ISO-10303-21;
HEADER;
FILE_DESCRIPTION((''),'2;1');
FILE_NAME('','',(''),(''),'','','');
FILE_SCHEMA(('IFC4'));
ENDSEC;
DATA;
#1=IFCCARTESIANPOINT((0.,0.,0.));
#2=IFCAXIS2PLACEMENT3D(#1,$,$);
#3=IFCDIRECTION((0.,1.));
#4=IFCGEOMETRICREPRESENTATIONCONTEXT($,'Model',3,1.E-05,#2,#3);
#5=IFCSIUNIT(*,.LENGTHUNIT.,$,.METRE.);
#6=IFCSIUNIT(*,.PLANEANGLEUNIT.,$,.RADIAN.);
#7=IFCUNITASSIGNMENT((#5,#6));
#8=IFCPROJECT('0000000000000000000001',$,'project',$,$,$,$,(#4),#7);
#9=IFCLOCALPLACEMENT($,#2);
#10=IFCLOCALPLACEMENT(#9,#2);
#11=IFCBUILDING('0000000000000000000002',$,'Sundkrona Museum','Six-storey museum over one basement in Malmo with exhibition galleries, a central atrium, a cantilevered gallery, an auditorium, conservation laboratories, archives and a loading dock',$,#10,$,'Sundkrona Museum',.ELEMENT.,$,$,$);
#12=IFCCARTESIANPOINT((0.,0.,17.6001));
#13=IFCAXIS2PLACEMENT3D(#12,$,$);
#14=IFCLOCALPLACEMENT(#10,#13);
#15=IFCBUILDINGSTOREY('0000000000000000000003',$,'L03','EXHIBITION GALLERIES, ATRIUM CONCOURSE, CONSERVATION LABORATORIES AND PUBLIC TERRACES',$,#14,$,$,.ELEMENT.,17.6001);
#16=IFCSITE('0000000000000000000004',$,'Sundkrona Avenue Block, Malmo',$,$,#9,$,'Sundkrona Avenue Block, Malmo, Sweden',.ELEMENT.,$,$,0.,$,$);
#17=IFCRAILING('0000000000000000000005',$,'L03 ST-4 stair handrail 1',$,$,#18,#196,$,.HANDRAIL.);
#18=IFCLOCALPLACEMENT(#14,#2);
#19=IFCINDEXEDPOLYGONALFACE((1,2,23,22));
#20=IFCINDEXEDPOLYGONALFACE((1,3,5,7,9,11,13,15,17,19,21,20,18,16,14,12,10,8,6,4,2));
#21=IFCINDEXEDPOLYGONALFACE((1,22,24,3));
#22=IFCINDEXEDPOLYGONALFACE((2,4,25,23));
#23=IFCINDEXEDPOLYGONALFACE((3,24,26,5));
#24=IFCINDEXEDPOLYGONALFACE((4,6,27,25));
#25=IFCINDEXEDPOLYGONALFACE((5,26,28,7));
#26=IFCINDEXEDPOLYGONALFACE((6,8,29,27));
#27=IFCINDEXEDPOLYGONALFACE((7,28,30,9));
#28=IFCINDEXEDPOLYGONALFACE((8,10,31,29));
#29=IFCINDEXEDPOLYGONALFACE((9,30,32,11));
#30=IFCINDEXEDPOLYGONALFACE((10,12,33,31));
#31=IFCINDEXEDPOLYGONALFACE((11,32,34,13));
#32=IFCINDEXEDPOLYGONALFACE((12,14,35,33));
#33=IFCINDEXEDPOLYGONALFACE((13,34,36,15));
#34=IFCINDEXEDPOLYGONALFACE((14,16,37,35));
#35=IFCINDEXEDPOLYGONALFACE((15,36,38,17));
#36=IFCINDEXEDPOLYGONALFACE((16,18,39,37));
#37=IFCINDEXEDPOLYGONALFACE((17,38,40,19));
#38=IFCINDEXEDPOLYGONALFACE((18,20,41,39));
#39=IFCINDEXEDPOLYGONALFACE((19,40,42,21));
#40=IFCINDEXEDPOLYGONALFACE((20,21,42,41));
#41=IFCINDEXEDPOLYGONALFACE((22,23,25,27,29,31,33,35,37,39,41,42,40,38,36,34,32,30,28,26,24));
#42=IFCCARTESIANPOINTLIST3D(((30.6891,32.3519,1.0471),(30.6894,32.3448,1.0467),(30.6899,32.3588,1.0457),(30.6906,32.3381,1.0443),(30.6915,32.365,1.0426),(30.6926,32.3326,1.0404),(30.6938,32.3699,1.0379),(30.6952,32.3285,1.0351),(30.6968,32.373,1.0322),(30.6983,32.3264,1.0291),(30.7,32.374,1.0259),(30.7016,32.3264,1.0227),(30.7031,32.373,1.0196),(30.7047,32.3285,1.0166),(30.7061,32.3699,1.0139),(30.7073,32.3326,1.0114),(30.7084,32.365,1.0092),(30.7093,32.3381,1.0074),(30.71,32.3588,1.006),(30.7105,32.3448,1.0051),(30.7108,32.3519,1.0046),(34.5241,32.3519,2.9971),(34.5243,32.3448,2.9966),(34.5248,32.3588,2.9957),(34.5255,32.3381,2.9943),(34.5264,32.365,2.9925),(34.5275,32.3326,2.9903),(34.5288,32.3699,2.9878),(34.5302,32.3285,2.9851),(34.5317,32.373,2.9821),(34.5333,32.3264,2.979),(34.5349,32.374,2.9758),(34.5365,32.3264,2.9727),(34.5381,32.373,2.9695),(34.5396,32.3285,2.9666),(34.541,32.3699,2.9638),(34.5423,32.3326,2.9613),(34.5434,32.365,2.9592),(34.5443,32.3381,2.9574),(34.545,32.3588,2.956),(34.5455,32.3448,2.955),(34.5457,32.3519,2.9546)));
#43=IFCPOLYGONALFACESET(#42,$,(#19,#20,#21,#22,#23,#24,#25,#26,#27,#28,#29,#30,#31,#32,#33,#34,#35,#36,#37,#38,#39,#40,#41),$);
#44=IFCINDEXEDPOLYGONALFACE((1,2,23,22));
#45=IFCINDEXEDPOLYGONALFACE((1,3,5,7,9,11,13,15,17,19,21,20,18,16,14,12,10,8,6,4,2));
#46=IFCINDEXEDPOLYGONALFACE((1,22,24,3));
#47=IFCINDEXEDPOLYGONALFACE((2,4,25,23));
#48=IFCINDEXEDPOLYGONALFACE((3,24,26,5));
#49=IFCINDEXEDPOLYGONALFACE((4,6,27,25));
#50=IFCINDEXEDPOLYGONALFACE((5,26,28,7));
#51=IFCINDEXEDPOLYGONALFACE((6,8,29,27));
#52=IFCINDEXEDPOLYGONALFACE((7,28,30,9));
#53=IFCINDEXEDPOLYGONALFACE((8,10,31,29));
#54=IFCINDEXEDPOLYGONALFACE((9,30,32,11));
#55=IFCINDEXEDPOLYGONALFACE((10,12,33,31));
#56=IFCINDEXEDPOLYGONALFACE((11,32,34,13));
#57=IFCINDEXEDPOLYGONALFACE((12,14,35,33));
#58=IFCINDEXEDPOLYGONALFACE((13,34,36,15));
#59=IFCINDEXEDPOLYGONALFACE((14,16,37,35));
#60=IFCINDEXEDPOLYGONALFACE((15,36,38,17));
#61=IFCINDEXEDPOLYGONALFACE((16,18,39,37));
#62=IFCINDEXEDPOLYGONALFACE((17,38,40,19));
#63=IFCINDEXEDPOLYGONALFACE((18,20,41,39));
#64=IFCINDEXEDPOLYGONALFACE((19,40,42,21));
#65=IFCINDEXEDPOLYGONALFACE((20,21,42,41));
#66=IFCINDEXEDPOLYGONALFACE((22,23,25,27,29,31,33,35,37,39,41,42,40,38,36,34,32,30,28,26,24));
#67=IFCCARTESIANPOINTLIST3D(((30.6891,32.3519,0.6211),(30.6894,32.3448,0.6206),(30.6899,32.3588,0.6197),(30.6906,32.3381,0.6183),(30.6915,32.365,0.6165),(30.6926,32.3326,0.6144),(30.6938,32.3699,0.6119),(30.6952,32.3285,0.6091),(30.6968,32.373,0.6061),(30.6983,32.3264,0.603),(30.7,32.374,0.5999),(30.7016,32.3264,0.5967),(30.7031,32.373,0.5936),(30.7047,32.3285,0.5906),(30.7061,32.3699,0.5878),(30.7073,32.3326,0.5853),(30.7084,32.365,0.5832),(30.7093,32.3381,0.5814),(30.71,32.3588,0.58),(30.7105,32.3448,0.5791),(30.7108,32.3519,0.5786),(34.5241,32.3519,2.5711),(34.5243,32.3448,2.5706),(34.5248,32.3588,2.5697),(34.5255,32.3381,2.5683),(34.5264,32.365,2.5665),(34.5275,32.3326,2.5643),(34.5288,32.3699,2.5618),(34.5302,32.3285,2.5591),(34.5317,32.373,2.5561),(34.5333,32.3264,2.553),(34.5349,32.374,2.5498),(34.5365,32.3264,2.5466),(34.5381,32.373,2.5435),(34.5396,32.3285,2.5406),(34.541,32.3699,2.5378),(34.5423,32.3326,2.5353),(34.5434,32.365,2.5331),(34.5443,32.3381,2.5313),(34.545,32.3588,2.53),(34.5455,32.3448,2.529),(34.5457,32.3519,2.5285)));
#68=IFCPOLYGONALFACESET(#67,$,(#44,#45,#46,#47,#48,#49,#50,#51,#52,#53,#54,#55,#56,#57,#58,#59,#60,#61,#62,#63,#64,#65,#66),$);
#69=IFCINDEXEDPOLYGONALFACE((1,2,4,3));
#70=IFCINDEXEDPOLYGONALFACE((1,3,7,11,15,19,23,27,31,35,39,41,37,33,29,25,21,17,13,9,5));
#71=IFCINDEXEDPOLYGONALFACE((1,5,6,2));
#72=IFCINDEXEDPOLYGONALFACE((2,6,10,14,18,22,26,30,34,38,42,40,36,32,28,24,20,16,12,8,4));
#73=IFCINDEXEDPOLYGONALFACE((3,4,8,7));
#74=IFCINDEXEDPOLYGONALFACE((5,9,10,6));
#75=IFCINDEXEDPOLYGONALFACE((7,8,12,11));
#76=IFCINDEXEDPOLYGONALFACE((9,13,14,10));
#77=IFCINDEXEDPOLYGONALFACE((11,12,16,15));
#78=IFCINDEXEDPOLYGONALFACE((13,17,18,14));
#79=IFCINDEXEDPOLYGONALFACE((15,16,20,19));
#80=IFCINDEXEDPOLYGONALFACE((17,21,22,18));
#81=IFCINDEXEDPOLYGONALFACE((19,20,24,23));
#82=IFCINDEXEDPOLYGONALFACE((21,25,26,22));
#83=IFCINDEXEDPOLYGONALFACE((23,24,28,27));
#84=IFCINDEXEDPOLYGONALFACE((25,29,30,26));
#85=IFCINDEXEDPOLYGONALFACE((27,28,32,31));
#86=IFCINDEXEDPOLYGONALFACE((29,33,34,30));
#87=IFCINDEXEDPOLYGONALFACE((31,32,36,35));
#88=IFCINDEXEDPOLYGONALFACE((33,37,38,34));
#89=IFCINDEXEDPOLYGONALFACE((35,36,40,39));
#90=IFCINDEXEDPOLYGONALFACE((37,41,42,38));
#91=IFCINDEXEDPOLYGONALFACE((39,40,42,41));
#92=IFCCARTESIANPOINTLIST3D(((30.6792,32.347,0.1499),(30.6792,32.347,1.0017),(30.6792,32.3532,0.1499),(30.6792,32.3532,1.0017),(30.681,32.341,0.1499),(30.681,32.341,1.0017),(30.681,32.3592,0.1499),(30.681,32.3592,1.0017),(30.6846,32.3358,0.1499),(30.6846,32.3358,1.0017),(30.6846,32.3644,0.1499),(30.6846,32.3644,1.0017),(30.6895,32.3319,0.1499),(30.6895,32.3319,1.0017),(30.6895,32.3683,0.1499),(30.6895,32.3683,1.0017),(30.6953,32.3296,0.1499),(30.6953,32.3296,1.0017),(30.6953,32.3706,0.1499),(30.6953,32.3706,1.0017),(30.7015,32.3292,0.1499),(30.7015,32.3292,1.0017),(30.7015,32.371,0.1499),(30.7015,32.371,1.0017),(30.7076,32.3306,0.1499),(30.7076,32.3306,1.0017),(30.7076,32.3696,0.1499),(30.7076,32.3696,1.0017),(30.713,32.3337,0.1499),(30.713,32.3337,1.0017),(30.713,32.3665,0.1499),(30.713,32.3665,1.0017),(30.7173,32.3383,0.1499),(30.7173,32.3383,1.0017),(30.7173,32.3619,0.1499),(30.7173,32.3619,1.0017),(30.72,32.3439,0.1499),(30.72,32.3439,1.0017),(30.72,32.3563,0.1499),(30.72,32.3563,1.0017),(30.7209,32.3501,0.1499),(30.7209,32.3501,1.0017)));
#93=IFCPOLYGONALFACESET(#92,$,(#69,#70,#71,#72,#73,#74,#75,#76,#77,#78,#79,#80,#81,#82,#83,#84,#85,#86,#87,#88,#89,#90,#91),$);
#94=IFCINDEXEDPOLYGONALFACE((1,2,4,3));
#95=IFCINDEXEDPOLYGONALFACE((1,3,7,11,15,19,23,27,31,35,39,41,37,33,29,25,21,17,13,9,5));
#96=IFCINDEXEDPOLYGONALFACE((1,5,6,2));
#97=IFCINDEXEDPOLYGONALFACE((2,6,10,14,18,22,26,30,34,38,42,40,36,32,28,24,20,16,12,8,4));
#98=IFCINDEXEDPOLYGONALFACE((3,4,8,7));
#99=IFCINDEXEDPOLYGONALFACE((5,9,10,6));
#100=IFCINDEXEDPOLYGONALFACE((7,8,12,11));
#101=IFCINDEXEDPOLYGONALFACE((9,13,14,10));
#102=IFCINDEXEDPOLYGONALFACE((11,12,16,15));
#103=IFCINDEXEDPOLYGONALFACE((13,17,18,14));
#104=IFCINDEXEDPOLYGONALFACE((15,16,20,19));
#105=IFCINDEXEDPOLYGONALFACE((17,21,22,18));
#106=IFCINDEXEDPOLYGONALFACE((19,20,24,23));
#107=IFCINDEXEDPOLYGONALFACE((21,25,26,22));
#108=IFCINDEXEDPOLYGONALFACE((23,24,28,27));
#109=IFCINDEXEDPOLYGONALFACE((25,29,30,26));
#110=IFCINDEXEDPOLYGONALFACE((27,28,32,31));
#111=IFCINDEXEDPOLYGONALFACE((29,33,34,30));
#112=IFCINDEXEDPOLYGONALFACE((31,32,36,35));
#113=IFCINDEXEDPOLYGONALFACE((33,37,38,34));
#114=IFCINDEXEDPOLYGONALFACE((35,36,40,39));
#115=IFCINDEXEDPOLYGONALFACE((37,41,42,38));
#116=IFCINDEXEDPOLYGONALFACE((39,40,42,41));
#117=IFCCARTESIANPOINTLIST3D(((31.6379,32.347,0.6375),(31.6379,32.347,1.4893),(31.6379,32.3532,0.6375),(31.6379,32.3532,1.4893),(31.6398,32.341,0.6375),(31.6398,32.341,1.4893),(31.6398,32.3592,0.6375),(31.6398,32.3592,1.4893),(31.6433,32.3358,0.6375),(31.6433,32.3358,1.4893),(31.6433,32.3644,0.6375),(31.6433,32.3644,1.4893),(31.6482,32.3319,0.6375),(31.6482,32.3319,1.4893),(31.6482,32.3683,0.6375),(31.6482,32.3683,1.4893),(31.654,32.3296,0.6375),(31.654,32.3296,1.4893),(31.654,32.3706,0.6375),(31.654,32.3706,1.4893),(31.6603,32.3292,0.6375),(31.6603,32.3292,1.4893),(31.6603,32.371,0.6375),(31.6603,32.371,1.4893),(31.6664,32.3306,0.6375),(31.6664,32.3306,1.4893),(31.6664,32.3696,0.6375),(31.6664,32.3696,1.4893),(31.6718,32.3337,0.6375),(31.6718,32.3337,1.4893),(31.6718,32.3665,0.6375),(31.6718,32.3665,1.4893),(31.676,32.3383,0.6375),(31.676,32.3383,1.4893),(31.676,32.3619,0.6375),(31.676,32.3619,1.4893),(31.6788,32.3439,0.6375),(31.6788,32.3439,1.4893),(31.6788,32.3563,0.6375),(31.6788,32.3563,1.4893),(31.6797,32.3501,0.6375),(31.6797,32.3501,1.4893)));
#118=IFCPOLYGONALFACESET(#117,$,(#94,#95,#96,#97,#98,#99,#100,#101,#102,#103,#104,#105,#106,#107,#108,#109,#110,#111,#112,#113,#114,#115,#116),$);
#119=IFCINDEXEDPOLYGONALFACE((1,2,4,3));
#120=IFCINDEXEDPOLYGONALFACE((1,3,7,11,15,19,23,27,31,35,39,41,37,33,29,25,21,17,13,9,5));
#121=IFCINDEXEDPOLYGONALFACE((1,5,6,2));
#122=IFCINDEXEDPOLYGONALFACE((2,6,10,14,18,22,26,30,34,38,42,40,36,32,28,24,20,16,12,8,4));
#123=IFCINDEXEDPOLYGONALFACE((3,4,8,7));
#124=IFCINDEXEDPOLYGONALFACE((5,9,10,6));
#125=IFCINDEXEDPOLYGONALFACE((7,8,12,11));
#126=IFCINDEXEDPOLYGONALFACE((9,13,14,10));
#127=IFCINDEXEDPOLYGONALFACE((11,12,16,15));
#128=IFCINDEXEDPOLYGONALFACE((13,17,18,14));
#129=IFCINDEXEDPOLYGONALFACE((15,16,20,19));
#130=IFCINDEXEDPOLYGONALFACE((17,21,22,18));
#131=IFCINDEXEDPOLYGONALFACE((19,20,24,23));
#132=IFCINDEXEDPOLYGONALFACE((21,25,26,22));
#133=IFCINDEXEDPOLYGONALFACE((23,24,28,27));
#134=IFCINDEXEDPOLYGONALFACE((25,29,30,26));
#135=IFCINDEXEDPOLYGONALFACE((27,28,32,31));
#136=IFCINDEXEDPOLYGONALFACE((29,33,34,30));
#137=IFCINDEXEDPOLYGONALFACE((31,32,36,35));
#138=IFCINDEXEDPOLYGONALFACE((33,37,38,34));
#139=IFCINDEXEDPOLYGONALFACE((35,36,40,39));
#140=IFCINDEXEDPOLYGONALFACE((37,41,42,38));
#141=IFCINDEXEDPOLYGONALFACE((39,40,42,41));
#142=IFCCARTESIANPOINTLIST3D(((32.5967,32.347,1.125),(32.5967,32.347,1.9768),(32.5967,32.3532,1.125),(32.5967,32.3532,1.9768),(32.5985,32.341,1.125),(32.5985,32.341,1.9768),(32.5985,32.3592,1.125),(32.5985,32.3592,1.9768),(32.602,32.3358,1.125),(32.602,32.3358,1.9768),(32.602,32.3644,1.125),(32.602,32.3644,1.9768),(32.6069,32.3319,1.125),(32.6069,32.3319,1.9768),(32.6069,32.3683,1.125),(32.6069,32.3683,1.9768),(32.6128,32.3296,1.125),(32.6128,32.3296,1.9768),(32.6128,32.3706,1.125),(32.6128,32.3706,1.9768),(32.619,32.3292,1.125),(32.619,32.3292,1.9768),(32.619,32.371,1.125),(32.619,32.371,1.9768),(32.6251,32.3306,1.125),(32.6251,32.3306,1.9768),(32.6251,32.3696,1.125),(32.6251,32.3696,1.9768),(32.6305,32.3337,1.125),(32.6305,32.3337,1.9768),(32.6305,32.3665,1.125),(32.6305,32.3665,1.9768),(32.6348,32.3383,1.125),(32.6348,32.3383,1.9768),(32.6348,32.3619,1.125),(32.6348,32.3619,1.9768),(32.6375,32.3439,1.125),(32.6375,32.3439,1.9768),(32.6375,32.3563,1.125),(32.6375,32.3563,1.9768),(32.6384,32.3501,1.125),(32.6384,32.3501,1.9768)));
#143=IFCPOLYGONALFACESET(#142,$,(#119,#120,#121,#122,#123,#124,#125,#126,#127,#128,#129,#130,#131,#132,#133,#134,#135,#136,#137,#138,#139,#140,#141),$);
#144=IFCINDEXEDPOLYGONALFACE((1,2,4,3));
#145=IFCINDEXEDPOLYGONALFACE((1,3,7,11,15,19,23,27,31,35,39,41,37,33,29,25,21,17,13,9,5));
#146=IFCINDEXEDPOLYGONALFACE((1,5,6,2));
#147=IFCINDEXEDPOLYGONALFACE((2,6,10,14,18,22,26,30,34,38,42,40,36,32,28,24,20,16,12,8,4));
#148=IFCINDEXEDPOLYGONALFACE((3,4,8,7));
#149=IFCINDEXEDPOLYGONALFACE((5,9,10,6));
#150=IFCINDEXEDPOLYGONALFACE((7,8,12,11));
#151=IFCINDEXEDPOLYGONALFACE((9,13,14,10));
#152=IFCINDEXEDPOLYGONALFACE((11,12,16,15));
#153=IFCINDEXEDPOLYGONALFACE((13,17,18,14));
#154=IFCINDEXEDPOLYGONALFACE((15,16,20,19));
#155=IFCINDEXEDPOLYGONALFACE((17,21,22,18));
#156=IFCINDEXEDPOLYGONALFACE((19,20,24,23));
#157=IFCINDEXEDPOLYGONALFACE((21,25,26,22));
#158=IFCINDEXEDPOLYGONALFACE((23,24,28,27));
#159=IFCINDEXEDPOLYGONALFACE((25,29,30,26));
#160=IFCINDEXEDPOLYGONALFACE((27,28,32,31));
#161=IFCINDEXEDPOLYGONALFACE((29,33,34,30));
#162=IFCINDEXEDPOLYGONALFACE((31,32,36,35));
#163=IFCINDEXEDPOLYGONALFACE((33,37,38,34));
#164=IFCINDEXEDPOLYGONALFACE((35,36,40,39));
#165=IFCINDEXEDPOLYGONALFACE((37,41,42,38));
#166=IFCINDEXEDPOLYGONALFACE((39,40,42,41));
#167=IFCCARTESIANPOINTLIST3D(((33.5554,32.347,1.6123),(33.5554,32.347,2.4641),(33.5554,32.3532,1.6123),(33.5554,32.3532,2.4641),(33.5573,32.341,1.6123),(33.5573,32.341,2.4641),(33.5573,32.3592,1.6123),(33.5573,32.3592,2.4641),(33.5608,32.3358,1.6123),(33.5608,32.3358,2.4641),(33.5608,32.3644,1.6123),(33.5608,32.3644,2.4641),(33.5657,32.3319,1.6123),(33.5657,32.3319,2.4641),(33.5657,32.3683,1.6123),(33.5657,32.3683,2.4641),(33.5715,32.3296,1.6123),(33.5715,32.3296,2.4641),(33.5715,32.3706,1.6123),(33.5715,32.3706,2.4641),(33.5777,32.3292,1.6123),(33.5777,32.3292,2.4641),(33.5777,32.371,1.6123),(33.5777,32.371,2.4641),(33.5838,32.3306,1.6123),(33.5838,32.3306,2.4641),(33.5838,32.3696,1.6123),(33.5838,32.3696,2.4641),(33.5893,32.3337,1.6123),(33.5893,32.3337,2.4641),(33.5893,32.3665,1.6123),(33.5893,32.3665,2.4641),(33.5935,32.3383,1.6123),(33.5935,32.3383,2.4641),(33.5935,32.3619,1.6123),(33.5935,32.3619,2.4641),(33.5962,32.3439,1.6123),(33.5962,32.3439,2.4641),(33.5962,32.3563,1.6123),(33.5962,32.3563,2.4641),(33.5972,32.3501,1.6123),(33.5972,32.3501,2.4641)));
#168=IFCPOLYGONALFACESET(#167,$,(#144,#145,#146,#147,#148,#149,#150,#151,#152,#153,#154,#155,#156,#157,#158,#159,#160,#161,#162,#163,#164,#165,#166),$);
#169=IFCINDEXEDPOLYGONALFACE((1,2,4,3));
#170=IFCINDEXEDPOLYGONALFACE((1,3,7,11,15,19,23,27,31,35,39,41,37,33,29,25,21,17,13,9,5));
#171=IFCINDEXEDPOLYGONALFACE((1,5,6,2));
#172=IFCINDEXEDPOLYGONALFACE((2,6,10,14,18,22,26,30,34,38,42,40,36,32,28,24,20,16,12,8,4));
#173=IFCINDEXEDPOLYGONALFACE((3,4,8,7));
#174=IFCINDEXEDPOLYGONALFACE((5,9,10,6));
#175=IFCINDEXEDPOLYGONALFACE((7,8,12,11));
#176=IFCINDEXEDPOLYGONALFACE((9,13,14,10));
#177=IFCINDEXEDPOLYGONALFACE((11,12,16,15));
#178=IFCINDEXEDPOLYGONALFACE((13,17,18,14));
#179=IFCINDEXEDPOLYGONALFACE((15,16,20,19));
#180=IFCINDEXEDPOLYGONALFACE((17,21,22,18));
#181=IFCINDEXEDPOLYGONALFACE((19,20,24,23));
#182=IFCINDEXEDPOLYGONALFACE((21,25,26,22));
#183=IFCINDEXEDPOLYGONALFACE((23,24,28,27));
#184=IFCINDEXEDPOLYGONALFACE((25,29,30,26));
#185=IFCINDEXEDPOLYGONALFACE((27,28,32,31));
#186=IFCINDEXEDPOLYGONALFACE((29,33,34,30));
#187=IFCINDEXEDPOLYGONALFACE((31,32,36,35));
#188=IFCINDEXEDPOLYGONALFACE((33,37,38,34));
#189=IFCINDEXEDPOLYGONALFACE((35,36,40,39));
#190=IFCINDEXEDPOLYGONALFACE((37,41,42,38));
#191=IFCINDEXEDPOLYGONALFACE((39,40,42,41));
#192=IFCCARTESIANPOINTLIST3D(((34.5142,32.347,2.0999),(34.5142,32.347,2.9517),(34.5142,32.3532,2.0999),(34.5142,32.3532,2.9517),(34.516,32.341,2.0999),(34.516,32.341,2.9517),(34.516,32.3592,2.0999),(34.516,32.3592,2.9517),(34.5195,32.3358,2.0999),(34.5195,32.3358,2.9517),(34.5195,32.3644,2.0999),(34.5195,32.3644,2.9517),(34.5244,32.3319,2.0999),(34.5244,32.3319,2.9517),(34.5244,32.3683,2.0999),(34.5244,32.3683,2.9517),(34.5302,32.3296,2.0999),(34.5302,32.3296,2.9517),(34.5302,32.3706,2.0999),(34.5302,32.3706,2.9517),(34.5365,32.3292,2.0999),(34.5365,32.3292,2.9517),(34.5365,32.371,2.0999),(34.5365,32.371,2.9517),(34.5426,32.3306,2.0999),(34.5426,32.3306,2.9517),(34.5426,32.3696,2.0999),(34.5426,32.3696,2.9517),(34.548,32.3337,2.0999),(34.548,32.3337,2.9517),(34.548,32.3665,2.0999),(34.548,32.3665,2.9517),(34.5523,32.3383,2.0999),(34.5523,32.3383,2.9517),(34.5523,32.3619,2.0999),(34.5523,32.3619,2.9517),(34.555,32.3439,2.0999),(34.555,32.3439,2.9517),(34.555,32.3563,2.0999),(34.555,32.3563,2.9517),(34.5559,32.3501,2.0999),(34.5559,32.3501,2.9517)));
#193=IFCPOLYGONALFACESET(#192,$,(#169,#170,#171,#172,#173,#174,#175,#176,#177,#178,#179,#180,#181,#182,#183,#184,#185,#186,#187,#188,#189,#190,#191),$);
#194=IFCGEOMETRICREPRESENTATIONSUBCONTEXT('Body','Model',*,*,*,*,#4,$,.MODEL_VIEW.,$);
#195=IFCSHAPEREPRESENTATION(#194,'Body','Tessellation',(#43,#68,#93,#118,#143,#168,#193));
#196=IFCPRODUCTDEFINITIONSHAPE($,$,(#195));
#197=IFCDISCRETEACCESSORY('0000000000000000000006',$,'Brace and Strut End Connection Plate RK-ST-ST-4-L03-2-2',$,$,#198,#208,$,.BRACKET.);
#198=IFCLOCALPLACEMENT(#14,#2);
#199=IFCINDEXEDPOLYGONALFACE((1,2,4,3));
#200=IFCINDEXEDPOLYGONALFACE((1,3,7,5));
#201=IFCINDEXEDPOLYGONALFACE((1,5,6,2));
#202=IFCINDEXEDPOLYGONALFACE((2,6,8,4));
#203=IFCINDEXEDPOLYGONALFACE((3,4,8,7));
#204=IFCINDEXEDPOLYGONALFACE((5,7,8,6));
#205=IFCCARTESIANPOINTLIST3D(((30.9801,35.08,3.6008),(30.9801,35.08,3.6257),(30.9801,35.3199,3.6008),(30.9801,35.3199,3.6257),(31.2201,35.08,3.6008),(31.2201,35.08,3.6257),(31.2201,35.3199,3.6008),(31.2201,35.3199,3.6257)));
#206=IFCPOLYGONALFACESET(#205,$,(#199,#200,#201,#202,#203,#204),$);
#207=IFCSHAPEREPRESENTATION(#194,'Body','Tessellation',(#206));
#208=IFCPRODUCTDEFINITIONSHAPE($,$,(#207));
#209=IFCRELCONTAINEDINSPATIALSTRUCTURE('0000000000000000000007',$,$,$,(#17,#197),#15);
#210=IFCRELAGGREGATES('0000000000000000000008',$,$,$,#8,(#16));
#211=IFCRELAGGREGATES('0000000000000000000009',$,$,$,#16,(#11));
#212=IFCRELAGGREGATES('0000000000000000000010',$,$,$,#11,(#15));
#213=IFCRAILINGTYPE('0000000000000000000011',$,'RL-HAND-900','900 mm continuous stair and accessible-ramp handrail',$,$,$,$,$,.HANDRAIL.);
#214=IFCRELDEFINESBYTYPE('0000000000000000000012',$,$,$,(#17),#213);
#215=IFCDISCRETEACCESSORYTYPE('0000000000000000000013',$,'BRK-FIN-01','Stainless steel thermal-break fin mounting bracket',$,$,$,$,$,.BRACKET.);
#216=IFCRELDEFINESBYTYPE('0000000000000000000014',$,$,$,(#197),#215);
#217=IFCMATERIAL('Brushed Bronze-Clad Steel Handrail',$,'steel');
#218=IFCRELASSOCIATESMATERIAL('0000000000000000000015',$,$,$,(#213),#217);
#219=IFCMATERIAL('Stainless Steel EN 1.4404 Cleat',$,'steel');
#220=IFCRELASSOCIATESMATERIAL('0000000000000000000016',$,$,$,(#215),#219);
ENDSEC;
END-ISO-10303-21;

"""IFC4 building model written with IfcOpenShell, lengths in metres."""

from ifc_helpers import new_model, si_unit, direction, frame, origin, origin_2d, place, context, subcontext, project, spatial, rectangle, circle, extrude, material, type_object, element, save


model = new_model("IFC4")

# Units and contexts
model_context = context("Model", 3, precision=1e-05, world=origin(), true_north=direction((0.0, 1.0)))
body_context = subcontext(model_context, "Body", "Model", "MODEL_VIEW")
ifc_project = project(units=[si_unit("LENGTHUNIT", "METRE"), si_unit("PLANEANGLEUNIT", "RADIAN")], contexts=[model_context])

# Site, building, storey
site_placement = place(None, origin())
site = spatial("IfcSite", under=ifc_project, at=site_placement, Name="Sundkrona Avenue Block, Malmo", LongName="Sundkrona Avenue Block, Malmo, Sweden", CompositionType="ELEMENT", RefElevation=0.0)
building_placement = place(site_placement, origin())
building = spatial("IfcBuilding", under=site, at=building_placement, Name="Sundkrona Museum", Description="Six-storey museum over one basement in Malmo with exhibition galleries, a central atrium, a cantilevered gallery, an auditorium, conservation laboratories, archives and a loading dock", LongName="Sundkrona Museum", CompositionType="ELEMENT")
storey_placement = place(building_placement, frame((0.0, 0.0, 17.6001)))
storey = spatial("IfcBuildingStorey", under=building, at=storey_placement, Name="L03", Description="EXHIBITION GALLERIES, ATRIUM CONCOURSE, CONSERVATION LABORATORIES AND PUBLIC TERRACES", CompositionType="ELEMENT", Elevation=17.6001)

# Railing
ifc_material_1 = material(Name="Brushed Bronze-Clad Steel Handrail", Category="steel")
railing_type_1 = type_object("IfcRailingType", Name="RL-HAND-900", Description="900 mm continuous stair and accessible-ramp handrail", PredefinedType="HANDRAIL", material=ifc_material_1)
railing_1_placement = place(storey_placement, frame((30.7, 32.3501, 0.1499)))
element("IfcRailing", 1, at=railing_1_placement, inside=storey, type_object=railing_type_1, Name="L03 ST-4 stair handrail 1", PredefinedType="HANDRAIL", context=body_context, shape_type="SweptSolid", body=[
    extrude(circle(Radius=0.0239, at=origin_2d()), frame((0.0, 0.0, 0.876), z_axis=(0.891388, 0.0, 0.453241), x_axis=(0.0, 1.0, 0.0)), (0.0, 0.0, 1.0), 4.3022),
    extrude(circle(Radius=0.0239, at=origin_2d()), frame((0.0, 0.0, 0.45), z_axis=(0.891388, 0.0, 0.453241), x_axis=(0.0, 1.0, 0.0)), (0.0, 0.0, 1.0), 4.3022),
    extrude(circle(Radius=0.021, at=origin_2d()), origin(), (0.0, 0.0, 1.0), 0.8518),
    extrude(circle(Radius=0.021, at=origin_2d()), frame((0.9587, 0.0, 0.4875)), (0.0, 0.0, 1.0), 0.8518),
    extrude(circle(Radius=0.021, at=origin_2d()), frame((1.9175, 0.0, 0.9751)), (0.0, 0.0, 1.0), 0.8518),
    extrude(circle(Radius=0.021, at=origin_2d()), frame((2.8762, 0.0, 1.4624)), (0.0, 0.0, 1.0), 0.8518),
    extrude(circle(Radius=0.021, at=origin_2d()), frame((3.835, 0.0, 1.95)), (0.0, 0.0, 1.0), 0.8518),
])

# Discrete accessory
ifc_material_2 = material(Name="Stainless Steel EN 1.4404 Cleat", Category="steel")
discrete_accessory_type = type_object("IfcDiscreteAccessoryType", Name="BRK-FIN-01", Description="Stainless steel thermal-break fin mounting bracket", PredefinedType="BRACKET", material=ifc_material_2)
discrete_accessory_1_placement = place(storey_placement, frame((31.1001, 35.2, 3.6008), z_axis=(0.0, 0.0, 1.0), x_axis=(1.0, 0.0, 0.0)))
element("IfcDiscreteAccessory", 2, at=discrete_accessory_1_placement, inside=storey, type_object=discrete_accessory_type, Name="Brace and Strut End Connection Plate RK-ST-ST-4-L03-2-2", PredefinedType="BRACKET", context=body_context, shape_type="SweptSolid", body=[
    extrude(rectangle(XDim=0.24, YDim=0.24, at=origin_2d()), origin(), (0.0, 0.0, 1.0), 0.0249),
])

save(model, "model.ifc")
